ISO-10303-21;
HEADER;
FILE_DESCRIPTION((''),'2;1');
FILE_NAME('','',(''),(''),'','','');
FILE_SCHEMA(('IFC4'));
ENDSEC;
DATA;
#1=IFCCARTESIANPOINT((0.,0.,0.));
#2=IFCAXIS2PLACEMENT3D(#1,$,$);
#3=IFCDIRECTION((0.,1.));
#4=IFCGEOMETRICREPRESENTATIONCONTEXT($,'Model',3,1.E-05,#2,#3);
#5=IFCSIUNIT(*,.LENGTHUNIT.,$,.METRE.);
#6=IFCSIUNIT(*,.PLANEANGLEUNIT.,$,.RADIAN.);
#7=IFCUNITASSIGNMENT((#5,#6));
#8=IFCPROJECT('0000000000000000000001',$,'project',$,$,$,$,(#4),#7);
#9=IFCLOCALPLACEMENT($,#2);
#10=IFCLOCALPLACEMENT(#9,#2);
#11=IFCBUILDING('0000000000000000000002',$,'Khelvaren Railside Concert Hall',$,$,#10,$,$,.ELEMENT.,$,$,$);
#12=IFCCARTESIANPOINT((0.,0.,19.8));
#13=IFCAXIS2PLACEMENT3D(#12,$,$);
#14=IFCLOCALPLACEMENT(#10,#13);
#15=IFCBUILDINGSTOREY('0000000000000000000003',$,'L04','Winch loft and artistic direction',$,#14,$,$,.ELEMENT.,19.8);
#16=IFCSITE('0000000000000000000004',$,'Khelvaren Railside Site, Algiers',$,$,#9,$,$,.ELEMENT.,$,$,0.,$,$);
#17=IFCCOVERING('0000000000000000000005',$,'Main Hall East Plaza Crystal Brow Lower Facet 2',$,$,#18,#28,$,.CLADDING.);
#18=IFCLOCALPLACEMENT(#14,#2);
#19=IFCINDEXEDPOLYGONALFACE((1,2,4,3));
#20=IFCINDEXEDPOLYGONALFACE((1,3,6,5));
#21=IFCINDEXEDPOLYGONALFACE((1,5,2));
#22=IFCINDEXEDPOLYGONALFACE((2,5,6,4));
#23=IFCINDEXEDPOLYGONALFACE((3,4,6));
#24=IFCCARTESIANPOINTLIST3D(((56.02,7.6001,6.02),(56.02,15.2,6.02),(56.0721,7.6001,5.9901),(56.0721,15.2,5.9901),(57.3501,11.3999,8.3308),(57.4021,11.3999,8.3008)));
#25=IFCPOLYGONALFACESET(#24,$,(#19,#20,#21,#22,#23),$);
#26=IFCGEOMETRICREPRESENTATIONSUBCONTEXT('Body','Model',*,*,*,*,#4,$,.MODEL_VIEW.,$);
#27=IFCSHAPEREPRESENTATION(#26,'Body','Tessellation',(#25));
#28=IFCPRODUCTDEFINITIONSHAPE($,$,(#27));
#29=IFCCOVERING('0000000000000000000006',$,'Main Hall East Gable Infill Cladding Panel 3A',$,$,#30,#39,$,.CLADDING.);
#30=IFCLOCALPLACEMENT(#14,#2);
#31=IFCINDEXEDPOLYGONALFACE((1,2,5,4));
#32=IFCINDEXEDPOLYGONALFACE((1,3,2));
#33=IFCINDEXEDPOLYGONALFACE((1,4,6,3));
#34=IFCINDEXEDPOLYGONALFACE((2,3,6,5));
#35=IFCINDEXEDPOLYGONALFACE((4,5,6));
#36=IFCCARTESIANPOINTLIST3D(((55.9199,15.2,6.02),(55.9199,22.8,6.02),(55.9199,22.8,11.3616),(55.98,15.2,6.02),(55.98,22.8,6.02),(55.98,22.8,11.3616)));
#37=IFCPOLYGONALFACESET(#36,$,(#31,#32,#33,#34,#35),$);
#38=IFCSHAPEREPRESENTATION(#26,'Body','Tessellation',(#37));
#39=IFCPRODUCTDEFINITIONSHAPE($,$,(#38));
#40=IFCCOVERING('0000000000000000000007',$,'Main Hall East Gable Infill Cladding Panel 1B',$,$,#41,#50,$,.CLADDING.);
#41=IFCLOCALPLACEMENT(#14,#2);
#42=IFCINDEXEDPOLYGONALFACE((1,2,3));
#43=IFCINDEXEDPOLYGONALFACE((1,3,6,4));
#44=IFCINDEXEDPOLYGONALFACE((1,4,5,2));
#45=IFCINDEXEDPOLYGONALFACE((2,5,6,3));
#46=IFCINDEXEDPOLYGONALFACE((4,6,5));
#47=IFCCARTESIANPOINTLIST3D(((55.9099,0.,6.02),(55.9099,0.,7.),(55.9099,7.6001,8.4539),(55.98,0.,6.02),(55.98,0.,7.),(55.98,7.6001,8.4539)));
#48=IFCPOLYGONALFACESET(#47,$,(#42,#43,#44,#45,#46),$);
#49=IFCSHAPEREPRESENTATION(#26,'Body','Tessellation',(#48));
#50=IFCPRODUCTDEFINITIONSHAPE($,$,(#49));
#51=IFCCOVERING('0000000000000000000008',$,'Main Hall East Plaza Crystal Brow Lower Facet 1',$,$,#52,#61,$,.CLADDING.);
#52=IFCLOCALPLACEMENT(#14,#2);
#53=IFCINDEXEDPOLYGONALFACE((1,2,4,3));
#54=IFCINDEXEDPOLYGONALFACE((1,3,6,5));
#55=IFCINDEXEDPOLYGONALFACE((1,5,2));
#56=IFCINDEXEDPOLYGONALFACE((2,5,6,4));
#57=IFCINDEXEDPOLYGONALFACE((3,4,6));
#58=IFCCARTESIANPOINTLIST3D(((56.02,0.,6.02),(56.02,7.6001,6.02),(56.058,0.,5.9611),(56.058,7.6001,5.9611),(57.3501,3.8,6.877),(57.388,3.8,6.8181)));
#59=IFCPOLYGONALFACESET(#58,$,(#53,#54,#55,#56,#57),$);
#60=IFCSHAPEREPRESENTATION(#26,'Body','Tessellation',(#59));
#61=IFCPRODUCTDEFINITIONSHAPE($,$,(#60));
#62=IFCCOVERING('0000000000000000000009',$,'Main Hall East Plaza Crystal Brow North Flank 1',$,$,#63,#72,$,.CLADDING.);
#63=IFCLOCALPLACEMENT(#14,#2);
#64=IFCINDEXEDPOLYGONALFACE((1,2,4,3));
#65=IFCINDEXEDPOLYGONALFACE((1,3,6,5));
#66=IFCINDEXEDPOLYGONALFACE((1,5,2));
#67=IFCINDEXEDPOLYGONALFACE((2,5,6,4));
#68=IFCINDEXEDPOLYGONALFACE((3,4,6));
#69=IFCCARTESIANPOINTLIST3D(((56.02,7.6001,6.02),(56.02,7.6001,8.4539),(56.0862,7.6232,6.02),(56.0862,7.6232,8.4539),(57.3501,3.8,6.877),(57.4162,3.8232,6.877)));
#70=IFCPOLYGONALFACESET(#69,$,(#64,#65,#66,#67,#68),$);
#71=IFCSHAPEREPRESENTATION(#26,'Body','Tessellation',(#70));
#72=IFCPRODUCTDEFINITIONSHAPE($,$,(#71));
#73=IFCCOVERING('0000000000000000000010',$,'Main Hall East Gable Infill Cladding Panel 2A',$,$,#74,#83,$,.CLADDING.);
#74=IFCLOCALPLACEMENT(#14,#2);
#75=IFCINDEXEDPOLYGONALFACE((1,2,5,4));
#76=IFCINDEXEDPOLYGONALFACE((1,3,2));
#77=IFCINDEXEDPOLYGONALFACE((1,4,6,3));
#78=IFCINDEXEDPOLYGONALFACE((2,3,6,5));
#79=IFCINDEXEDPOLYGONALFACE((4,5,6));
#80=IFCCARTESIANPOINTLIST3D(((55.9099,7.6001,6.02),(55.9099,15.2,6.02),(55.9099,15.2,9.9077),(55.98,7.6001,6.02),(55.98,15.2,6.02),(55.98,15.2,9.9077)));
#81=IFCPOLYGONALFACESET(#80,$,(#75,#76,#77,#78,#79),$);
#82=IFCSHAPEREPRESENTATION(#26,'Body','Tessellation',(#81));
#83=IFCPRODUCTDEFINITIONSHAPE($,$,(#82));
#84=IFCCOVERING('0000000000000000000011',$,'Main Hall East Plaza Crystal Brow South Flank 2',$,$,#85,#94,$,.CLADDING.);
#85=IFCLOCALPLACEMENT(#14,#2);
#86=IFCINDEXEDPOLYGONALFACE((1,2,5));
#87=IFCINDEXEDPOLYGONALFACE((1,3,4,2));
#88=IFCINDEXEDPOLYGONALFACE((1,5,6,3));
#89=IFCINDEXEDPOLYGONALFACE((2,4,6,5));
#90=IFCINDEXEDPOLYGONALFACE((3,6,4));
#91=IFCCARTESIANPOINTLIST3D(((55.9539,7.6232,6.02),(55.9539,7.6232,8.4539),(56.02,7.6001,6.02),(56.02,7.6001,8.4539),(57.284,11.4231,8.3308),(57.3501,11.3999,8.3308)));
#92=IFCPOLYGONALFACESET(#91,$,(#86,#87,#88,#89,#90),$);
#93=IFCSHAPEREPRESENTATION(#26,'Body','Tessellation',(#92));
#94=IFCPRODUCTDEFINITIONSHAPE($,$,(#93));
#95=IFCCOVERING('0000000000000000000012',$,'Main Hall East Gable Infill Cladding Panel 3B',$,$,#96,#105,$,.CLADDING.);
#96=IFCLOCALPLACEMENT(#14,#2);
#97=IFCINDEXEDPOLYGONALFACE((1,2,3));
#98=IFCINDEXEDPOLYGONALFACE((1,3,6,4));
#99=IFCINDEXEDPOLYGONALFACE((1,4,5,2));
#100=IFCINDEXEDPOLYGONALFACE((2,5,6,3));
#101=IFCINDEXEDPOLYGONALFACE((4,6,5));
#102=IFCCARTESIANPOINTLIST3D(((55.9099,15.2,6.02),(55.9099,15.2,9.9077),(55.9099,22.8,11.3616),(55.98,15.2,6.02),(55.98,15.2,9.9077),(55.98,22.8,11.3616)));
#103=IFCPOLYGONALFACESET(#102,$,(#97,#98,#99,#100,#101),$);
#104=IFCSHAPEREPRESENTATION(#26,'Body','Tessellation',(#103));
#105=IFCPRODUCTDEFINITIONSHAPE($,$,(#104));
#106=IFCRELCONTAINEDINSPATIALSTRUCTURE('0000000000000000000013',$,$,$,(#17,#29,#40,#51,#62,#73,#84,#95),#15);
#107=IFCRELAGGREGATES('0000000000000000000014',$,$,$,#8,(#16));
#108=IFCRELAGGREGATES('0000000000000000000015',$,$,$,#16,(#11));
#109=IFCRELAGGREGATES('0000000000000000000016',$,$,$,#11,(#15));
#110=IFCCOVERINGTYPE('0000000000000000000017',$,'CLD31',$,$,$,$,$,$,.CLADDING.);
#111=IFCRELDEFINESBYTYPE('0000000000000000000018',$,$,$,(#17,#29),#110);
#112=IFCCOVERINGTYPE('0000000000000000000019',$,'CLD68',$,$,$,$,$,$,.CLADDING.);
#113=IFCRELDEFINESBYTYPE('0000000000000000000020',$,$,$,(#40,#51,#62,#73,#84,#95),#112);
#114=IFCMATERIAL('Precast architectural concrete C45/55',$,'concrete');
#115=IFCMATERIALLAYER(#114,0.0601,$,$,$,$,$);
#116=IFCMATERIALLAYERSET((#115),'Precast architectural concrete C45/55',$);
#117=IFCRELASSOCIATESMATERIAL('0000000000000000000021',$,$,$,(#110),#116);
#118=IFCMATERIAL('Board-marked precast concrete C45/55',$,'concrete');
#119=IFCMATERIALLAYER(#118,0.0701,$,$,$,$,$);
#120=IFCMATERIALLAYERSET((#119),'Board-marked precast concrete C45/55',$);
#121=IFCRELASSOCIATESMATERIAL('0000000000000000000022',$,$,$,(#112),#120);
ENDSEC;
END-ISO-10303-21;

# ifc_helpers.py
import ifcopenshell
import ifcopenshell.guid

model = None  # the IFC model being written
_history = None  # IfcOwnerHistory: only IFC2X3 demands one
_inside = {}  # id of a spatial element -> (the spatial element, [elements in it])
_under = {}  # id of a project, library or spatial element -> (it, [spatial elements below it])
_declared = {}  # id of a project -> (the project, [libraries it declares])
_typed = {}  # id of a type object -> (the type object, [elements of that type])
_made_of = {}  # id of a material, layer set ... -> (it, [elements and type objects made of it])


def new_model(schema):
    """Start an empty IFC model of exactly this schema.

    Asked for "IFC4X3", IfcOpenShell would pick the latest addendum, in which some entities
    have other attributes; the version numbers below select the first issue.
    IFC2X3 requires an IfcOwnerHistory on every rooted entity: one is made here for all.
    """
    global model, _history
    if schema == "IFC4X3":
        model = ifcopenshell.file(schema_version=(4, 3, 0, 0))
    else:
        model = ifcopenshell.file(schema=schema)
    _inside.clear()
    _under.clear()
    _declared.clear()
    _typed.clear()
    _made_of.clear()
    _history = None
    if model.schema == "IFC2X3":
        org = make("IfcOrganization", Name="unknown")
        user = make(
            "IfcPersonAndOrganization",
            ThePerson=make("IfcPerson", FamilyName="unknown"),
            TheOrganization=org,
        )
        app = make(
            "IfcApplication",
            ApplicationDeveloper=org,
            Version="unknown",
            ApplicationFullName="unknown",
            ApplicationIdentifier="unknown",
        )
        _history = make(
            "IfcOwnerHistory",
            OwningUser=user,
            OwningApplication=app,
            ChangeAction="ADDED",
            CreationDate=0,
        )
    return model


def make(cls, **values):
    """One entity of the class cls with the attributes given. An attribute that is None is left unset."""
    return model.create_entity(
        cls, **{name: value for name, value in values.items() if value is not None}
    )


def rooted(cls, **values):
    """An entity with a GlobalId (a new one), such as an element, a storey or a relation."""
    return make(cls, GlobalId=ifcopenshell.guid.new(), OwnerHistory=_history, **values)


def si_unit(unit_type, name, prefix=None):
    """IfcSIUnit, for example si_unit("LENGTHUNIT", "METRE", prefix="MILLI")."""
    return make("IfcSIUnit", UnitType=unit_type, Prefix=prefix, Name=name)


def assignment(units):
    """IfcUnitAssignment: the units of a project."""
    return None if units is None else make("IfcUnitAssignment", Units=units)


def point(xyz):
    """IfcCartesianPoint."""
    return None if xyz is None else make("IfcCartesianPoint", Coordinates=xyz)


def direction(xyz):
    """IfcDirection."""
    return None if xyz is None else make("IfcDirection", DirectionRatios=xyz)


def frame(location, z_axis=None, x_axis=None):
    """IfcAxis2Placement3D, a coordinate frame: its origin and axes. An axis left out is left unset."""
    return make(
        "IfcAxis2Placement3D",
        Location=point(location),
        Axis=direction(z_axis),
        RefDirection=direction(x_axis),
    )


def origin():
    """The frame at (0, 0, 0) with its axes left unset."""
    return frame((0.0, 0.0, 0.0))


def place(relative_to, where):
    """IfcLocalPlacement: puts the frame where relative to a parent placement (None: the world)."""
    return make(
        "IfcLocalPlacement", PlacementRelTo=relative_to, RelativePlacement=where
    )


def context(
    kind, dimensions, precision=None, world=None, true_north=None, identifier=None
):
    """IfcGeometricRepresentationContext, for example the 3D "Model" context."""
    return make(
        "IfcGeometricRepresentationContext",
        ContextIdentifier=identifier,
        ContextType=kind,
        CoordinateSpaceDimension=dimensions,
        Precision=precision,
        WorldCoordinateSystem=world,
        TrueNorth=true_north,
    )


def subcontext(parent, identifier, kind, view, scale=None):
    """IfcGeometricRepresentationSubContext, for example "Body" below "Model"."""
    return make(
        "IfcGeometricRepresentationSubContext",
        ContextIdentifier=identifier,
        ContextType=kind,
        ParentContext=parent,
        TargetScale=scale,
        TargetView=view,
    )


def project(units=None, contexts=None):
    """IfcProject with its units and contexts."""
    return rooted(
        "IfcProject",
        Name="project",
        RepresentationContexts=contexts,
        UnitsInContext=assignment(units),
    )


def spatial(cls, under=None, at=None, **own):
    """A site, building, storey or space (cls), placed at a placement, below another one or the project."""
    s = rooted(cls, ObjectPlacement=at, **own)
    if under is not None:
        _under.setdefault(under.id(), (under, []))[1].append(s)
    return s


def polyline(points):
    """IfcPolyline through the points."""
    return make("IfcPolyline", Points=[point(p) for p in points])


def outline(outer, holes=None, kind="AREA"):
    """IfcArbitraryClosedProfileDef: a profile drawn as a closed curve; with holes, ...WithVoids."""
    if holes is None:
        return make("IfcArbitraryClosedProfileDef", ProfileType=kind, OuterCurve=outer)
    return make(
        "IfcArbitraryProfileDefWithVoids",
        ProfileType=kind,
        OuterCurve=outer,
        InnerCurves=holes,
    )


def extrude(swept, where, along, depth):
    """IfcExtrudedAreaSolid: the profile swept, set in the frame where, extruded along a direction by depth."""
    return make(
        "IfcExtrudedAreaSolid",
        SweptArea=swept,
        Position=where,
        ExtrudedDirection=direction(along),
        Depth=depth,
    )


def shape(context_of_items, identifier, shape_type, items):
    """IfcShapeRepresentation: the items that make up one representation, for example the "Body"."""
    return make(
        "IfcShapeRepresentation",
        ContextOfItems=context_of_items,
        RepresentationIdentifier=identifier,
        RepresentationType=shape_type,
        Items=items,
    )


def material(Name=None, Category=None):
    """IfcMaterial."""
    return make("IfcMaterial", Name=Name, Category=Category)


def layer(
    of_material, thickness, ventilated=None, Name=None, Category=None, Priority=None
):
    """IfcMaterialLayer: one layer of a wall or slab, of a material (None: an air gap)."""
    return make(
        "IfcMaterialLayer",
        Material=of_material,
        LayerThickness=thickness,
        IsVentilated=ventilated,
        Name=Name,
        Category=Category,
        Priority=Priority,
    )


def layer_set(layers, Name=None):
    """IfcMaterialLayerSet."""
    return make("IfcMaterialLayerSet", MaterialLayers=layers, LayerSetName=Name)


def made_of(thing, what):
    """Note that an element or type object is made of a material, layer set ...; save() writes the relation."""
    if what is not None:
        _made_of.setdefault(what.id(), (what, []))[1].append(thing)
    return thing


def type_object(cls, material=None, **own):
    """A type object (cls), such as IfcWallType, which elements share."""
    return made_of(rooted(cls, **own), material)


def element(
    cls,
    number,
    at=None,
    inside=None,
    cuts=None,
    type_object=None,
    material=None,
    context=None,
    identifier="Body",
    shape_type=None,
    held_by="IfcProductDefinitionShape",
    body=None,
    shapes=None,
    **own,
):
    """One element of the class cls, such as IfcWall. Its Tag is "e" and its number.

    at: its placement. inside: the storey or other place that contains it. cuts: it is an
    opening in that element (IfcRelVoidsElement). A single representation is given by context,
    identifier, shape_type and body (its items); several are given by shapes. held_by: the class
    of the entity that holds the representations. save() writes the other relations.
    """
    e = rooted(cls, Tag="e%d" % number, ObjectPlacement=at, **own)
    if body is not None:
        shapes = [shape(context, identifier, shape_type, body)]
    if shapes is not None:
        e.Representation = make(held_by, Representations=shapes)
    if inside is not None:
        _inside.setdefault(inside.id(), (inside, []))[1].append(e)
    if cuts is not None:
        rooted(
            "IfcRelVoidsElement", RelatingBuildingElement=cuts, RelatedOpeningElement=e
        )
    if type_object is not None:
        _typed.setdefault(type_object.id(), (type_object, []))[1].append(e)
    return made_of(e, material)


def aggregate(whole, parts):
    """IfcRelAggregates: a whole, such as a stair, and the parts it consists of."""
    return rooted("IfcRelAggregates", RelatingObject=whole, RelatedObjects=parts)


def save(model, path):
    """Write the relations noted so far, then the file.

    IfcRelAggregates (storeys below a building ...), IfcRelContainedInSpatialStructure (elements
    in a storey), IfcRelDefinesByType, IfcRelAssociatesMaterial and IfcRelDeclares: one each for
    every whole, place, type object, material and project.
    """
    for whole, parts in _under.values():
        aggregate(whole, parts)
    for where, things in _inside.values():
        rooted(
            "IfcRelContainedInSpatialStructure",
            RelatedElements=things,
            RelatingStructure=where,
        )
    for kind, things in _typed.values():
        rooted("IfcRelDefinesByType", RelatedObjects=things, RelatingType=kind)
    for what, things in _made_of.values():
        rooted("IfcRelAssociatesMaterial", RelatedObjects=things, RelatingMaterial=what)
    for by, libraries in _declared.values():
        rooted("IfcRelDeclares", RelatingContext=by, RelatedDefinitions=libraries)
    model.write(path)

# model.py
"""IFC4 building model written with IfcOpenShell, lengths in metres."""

from ifc_helpers import new_model, si_unit, direction, frame, origin, place, context, subcontext, project, spatial, polyline, outline, extrude, material, layer, layer_set, type_object, element, save


model = new_model("IFC4")

# Units and contexts
model_context = context("Model", 3, precision=1e-05, world=origin(), true_north=direction((0.0, 1.0)))
body_context = subcontext(model_context, "Body", "Model", "MODEL_VIEW")
ifc_project = project(units=[si_unit("LENGTHUNIT", "METRE"), si_unit("PLANEANGLEUNIT", "RADIAN")], contexts=[model_context])

# Site, building, storey
site_placement = place(None, origin())
site = spatial("IfcSite", under=ifc_project, at=site_placement, Name="Khelvaren Railside Site, Algiers", CompositionType="ELEMENT", RefElevation=0.0)
building_placement = place(site_placement, origin())
building = spatial("IfcBuilding", under=site, at=building_placement, Name="Khelvaren Railside Concert Hall", CompositionType="ELEMENT")
storey_placement = place(building_placement, frame((0.0, 0.0, 19.8)))
storey = spatial("IfcBuildingStorey", under=building, at=storey_placement, Name="L04", Description="Winch loft and artistic direction", CompositionType="ELEMENT", Elevation=19.8)

# Coverings
ifc_material_1 = material(Name="Precast architectural concrete C45/55", Category="concrete")
ifc_layer_1 = layer(ifc_material_1, 0.0601)
ifc_layer_set_1 = layer_set([ifc_layer_1], Name="Precast architectural concrete C45/55")
covering_type_1 = type_object("IfcCoveringType", Name="CLD31", PredefinedType="CLADDING", material=ifc_layer_set_1)
covering_1_placement = place(storey_placement, frame((56.02, 7.6001, 6.02), z_axis=(-0.866684, 0.0, 0.498858), x_axis=(0.0, 1.0, 0.0)))
element("IfcCovering", 1, at=covering_1_placement, inside=storey, type_object=covering_type_1, Name="Main Hall East Plaza Crystal Brow Lower Facet 2", PredefinedType="CLADDING", context=body_context, shape_type="SweptSolid", body=[
    extrude(outline(polyline([(0.0, 0.0), (7.5999, 0.0), (3.7998, -2.6662), (0.0, 0.0)])), origin(), (0.0, 0.0, -1.0), 0.0601),
])
covering_2_placement = place(storey_placement, frame((55.98, 15.2, 6.02), z_axis=(1.0, 0.0, 0.0), x_axis=(0.0, 1.0, 0.0)))
element("IfcCovering", 2, at=covering_2_placement, inside=storey, type_object=covering_type_1, Name="Main Hall East Gable Infill Cladding Panel 3A", PredefinedType="CLADDING", context=body_context, shape_type="SweptSolid", body=[
    extrude(outline(polyline([(0.0, 0.0), (7.6001, 0.0), (7.6001, 5.3416), (0.0, 0.0)])), origin(), (0.0, 0.0, -1.0), 0.0601),
])
ifc_material_2 = material(Name="Board-marked precast concrete C45/55", Category="concrete")
ifc_layer_2 = layer(ifc_material_2, 0.0701)
ifc_layer_set_2 = layer_set([ifc_layer_2], Name="Board-marked precast concrete C45/55")
covering_type_2 = type_object("IfcCoveringType", Name="CLD68", PredefinedType="CLADDING", material=ifc_layer_set_2)
covering_3_placement = place(storey_placement, frame((55.98, 0.0, 6.02), z_axis=(1.0, 0.0, 0.0), x_axis=(0.0, 0.952358, 0.304981)))
element("IfcCovering", 3, at=covering_3_placement, inside=storey, type_object=covering_type_2, Name="Main Hall East Gable Infill Cladding Panel 1B", PredefinedType="CLADDING", context=body_context, shape_type="SweptSolid", body=[
    extrude(outline(polyline([(0.0, 0.0), (7.9803, 0.0), (0.2989, 0.9333), (0.0, 0.0)])), origin(), (0.0, 0.0, -1.0), 0.0701),
])
covering_4_placement = place(storey_placement, frame((56.02, 0.0, 6.02), z_axis=(-0.5416, 0.0, 0.840637), x_axis=(0.0, 1.0, 0.0)))
element("IfcCovering", 4, at=covering_4_placement, inside=storey, type_object=covering_type_2, Name="Main Hall East Plaza Crystal Brow Lower Facet 1", PredefinedType="CLADDING", context=body_context, shape_type="SweptSolid", body=[
    extrude(outline(polyline([(0.0, 0.0), (7.6001, 0.0), (3.8, -1.5822), (0.0, 0.0)])), origin(), (0.0, 0.0, -1.0), 0.0701),
])
covering_5_placement = place(storey_placement, frame((56.02, 7.6001, 8.4539), z_axis=(-0.943854, -0.330364, 0.0), x_axis=(0.0, 0.0, -1.0)))
element("IfcCovering", 5, at=covering_5_placement, inside=storey, type_object=covering_type_2, Name="Main Hall East Plaza Crystal Brow North Flank 1", PredefinedType="CLADDING", context=body_context, shape_type="SweptSolid", body=[
    extrude(outline(polyline([(0.0, 0.0), (2.4338, 0.0), (1.5769, 4.0261), (0.0, 0.0)])), origin(), (0.0, 0.0, -1.0), 0.0701),
])
covering_6_placement = place(storey_placement, frame((55.98, 7.6001, 6.02), z_axis=(1.0, 0.0, 0.0), x_axis=(0.0, 1.0, 0.0)))
element("IfcCovering", 6, at=covering_6_placement, inside=storey, type_object=covering_type_2, Name="Main Hall East Gable Infill Cladding Panel 2A", PredefinedType="CLADDING", context=body_context, shape_type="SweptSolid", body=[
    extrude(outline(polyline([(0.0, 0.0), (7.5999, 0.0), (7.5999, 3.8877), (0.0, 0.0)])), origin(), (0.0, 0.0, -1.0), 0.0701),
])
covering_7_placement = place(storey_placement, frame((56.02, 7.6001, 8.4539), z_axis=(0.943847, -0.330383, 0.0), x_axis=(0.0, 0.0, -1.0)))
element("IfcCovering", 7, at=covering_7_placement, inside=storey, type_object=covering_type_2, Name="Main Hall East Plaza Crystal Brow South Flank 2", PredefinedType="CLADDING", context=body_context, shape_type="SweptSolid", body=[
    extrude(outline(polyline([(0.0, 0.0), (2.4338, 0.0), (0.123, 4.0259), (0.0, 0.0)])), origin(), (0.0, 0.0, -1.0), 0.0701),
])
covering_8_placement = place(storey_placement, frame((55.98, 15.2, 6.02), z_axis=(1.0, 0.0, 0.0), x_axis=(0.0, 0.818144, 0.575014)))
element("IfcCovering", 8, at=covering_8_placement, inside=storey, type_object=covering_type_2, Name="Main Hall East Gable Infill Cladding Panel 3B", PredefinedType="CLADDING", context=body_context, shape_type="SweptSolid", body=[
    extrude(outline(polyline([(0.0, 0.0), (9.2894, 0.0), (2.2355, 3.1807), (0.0, 0.0)])), origin(), (0.0, 0.0, -1.0), 0.0701),
])

save(model, "model.ifc")
